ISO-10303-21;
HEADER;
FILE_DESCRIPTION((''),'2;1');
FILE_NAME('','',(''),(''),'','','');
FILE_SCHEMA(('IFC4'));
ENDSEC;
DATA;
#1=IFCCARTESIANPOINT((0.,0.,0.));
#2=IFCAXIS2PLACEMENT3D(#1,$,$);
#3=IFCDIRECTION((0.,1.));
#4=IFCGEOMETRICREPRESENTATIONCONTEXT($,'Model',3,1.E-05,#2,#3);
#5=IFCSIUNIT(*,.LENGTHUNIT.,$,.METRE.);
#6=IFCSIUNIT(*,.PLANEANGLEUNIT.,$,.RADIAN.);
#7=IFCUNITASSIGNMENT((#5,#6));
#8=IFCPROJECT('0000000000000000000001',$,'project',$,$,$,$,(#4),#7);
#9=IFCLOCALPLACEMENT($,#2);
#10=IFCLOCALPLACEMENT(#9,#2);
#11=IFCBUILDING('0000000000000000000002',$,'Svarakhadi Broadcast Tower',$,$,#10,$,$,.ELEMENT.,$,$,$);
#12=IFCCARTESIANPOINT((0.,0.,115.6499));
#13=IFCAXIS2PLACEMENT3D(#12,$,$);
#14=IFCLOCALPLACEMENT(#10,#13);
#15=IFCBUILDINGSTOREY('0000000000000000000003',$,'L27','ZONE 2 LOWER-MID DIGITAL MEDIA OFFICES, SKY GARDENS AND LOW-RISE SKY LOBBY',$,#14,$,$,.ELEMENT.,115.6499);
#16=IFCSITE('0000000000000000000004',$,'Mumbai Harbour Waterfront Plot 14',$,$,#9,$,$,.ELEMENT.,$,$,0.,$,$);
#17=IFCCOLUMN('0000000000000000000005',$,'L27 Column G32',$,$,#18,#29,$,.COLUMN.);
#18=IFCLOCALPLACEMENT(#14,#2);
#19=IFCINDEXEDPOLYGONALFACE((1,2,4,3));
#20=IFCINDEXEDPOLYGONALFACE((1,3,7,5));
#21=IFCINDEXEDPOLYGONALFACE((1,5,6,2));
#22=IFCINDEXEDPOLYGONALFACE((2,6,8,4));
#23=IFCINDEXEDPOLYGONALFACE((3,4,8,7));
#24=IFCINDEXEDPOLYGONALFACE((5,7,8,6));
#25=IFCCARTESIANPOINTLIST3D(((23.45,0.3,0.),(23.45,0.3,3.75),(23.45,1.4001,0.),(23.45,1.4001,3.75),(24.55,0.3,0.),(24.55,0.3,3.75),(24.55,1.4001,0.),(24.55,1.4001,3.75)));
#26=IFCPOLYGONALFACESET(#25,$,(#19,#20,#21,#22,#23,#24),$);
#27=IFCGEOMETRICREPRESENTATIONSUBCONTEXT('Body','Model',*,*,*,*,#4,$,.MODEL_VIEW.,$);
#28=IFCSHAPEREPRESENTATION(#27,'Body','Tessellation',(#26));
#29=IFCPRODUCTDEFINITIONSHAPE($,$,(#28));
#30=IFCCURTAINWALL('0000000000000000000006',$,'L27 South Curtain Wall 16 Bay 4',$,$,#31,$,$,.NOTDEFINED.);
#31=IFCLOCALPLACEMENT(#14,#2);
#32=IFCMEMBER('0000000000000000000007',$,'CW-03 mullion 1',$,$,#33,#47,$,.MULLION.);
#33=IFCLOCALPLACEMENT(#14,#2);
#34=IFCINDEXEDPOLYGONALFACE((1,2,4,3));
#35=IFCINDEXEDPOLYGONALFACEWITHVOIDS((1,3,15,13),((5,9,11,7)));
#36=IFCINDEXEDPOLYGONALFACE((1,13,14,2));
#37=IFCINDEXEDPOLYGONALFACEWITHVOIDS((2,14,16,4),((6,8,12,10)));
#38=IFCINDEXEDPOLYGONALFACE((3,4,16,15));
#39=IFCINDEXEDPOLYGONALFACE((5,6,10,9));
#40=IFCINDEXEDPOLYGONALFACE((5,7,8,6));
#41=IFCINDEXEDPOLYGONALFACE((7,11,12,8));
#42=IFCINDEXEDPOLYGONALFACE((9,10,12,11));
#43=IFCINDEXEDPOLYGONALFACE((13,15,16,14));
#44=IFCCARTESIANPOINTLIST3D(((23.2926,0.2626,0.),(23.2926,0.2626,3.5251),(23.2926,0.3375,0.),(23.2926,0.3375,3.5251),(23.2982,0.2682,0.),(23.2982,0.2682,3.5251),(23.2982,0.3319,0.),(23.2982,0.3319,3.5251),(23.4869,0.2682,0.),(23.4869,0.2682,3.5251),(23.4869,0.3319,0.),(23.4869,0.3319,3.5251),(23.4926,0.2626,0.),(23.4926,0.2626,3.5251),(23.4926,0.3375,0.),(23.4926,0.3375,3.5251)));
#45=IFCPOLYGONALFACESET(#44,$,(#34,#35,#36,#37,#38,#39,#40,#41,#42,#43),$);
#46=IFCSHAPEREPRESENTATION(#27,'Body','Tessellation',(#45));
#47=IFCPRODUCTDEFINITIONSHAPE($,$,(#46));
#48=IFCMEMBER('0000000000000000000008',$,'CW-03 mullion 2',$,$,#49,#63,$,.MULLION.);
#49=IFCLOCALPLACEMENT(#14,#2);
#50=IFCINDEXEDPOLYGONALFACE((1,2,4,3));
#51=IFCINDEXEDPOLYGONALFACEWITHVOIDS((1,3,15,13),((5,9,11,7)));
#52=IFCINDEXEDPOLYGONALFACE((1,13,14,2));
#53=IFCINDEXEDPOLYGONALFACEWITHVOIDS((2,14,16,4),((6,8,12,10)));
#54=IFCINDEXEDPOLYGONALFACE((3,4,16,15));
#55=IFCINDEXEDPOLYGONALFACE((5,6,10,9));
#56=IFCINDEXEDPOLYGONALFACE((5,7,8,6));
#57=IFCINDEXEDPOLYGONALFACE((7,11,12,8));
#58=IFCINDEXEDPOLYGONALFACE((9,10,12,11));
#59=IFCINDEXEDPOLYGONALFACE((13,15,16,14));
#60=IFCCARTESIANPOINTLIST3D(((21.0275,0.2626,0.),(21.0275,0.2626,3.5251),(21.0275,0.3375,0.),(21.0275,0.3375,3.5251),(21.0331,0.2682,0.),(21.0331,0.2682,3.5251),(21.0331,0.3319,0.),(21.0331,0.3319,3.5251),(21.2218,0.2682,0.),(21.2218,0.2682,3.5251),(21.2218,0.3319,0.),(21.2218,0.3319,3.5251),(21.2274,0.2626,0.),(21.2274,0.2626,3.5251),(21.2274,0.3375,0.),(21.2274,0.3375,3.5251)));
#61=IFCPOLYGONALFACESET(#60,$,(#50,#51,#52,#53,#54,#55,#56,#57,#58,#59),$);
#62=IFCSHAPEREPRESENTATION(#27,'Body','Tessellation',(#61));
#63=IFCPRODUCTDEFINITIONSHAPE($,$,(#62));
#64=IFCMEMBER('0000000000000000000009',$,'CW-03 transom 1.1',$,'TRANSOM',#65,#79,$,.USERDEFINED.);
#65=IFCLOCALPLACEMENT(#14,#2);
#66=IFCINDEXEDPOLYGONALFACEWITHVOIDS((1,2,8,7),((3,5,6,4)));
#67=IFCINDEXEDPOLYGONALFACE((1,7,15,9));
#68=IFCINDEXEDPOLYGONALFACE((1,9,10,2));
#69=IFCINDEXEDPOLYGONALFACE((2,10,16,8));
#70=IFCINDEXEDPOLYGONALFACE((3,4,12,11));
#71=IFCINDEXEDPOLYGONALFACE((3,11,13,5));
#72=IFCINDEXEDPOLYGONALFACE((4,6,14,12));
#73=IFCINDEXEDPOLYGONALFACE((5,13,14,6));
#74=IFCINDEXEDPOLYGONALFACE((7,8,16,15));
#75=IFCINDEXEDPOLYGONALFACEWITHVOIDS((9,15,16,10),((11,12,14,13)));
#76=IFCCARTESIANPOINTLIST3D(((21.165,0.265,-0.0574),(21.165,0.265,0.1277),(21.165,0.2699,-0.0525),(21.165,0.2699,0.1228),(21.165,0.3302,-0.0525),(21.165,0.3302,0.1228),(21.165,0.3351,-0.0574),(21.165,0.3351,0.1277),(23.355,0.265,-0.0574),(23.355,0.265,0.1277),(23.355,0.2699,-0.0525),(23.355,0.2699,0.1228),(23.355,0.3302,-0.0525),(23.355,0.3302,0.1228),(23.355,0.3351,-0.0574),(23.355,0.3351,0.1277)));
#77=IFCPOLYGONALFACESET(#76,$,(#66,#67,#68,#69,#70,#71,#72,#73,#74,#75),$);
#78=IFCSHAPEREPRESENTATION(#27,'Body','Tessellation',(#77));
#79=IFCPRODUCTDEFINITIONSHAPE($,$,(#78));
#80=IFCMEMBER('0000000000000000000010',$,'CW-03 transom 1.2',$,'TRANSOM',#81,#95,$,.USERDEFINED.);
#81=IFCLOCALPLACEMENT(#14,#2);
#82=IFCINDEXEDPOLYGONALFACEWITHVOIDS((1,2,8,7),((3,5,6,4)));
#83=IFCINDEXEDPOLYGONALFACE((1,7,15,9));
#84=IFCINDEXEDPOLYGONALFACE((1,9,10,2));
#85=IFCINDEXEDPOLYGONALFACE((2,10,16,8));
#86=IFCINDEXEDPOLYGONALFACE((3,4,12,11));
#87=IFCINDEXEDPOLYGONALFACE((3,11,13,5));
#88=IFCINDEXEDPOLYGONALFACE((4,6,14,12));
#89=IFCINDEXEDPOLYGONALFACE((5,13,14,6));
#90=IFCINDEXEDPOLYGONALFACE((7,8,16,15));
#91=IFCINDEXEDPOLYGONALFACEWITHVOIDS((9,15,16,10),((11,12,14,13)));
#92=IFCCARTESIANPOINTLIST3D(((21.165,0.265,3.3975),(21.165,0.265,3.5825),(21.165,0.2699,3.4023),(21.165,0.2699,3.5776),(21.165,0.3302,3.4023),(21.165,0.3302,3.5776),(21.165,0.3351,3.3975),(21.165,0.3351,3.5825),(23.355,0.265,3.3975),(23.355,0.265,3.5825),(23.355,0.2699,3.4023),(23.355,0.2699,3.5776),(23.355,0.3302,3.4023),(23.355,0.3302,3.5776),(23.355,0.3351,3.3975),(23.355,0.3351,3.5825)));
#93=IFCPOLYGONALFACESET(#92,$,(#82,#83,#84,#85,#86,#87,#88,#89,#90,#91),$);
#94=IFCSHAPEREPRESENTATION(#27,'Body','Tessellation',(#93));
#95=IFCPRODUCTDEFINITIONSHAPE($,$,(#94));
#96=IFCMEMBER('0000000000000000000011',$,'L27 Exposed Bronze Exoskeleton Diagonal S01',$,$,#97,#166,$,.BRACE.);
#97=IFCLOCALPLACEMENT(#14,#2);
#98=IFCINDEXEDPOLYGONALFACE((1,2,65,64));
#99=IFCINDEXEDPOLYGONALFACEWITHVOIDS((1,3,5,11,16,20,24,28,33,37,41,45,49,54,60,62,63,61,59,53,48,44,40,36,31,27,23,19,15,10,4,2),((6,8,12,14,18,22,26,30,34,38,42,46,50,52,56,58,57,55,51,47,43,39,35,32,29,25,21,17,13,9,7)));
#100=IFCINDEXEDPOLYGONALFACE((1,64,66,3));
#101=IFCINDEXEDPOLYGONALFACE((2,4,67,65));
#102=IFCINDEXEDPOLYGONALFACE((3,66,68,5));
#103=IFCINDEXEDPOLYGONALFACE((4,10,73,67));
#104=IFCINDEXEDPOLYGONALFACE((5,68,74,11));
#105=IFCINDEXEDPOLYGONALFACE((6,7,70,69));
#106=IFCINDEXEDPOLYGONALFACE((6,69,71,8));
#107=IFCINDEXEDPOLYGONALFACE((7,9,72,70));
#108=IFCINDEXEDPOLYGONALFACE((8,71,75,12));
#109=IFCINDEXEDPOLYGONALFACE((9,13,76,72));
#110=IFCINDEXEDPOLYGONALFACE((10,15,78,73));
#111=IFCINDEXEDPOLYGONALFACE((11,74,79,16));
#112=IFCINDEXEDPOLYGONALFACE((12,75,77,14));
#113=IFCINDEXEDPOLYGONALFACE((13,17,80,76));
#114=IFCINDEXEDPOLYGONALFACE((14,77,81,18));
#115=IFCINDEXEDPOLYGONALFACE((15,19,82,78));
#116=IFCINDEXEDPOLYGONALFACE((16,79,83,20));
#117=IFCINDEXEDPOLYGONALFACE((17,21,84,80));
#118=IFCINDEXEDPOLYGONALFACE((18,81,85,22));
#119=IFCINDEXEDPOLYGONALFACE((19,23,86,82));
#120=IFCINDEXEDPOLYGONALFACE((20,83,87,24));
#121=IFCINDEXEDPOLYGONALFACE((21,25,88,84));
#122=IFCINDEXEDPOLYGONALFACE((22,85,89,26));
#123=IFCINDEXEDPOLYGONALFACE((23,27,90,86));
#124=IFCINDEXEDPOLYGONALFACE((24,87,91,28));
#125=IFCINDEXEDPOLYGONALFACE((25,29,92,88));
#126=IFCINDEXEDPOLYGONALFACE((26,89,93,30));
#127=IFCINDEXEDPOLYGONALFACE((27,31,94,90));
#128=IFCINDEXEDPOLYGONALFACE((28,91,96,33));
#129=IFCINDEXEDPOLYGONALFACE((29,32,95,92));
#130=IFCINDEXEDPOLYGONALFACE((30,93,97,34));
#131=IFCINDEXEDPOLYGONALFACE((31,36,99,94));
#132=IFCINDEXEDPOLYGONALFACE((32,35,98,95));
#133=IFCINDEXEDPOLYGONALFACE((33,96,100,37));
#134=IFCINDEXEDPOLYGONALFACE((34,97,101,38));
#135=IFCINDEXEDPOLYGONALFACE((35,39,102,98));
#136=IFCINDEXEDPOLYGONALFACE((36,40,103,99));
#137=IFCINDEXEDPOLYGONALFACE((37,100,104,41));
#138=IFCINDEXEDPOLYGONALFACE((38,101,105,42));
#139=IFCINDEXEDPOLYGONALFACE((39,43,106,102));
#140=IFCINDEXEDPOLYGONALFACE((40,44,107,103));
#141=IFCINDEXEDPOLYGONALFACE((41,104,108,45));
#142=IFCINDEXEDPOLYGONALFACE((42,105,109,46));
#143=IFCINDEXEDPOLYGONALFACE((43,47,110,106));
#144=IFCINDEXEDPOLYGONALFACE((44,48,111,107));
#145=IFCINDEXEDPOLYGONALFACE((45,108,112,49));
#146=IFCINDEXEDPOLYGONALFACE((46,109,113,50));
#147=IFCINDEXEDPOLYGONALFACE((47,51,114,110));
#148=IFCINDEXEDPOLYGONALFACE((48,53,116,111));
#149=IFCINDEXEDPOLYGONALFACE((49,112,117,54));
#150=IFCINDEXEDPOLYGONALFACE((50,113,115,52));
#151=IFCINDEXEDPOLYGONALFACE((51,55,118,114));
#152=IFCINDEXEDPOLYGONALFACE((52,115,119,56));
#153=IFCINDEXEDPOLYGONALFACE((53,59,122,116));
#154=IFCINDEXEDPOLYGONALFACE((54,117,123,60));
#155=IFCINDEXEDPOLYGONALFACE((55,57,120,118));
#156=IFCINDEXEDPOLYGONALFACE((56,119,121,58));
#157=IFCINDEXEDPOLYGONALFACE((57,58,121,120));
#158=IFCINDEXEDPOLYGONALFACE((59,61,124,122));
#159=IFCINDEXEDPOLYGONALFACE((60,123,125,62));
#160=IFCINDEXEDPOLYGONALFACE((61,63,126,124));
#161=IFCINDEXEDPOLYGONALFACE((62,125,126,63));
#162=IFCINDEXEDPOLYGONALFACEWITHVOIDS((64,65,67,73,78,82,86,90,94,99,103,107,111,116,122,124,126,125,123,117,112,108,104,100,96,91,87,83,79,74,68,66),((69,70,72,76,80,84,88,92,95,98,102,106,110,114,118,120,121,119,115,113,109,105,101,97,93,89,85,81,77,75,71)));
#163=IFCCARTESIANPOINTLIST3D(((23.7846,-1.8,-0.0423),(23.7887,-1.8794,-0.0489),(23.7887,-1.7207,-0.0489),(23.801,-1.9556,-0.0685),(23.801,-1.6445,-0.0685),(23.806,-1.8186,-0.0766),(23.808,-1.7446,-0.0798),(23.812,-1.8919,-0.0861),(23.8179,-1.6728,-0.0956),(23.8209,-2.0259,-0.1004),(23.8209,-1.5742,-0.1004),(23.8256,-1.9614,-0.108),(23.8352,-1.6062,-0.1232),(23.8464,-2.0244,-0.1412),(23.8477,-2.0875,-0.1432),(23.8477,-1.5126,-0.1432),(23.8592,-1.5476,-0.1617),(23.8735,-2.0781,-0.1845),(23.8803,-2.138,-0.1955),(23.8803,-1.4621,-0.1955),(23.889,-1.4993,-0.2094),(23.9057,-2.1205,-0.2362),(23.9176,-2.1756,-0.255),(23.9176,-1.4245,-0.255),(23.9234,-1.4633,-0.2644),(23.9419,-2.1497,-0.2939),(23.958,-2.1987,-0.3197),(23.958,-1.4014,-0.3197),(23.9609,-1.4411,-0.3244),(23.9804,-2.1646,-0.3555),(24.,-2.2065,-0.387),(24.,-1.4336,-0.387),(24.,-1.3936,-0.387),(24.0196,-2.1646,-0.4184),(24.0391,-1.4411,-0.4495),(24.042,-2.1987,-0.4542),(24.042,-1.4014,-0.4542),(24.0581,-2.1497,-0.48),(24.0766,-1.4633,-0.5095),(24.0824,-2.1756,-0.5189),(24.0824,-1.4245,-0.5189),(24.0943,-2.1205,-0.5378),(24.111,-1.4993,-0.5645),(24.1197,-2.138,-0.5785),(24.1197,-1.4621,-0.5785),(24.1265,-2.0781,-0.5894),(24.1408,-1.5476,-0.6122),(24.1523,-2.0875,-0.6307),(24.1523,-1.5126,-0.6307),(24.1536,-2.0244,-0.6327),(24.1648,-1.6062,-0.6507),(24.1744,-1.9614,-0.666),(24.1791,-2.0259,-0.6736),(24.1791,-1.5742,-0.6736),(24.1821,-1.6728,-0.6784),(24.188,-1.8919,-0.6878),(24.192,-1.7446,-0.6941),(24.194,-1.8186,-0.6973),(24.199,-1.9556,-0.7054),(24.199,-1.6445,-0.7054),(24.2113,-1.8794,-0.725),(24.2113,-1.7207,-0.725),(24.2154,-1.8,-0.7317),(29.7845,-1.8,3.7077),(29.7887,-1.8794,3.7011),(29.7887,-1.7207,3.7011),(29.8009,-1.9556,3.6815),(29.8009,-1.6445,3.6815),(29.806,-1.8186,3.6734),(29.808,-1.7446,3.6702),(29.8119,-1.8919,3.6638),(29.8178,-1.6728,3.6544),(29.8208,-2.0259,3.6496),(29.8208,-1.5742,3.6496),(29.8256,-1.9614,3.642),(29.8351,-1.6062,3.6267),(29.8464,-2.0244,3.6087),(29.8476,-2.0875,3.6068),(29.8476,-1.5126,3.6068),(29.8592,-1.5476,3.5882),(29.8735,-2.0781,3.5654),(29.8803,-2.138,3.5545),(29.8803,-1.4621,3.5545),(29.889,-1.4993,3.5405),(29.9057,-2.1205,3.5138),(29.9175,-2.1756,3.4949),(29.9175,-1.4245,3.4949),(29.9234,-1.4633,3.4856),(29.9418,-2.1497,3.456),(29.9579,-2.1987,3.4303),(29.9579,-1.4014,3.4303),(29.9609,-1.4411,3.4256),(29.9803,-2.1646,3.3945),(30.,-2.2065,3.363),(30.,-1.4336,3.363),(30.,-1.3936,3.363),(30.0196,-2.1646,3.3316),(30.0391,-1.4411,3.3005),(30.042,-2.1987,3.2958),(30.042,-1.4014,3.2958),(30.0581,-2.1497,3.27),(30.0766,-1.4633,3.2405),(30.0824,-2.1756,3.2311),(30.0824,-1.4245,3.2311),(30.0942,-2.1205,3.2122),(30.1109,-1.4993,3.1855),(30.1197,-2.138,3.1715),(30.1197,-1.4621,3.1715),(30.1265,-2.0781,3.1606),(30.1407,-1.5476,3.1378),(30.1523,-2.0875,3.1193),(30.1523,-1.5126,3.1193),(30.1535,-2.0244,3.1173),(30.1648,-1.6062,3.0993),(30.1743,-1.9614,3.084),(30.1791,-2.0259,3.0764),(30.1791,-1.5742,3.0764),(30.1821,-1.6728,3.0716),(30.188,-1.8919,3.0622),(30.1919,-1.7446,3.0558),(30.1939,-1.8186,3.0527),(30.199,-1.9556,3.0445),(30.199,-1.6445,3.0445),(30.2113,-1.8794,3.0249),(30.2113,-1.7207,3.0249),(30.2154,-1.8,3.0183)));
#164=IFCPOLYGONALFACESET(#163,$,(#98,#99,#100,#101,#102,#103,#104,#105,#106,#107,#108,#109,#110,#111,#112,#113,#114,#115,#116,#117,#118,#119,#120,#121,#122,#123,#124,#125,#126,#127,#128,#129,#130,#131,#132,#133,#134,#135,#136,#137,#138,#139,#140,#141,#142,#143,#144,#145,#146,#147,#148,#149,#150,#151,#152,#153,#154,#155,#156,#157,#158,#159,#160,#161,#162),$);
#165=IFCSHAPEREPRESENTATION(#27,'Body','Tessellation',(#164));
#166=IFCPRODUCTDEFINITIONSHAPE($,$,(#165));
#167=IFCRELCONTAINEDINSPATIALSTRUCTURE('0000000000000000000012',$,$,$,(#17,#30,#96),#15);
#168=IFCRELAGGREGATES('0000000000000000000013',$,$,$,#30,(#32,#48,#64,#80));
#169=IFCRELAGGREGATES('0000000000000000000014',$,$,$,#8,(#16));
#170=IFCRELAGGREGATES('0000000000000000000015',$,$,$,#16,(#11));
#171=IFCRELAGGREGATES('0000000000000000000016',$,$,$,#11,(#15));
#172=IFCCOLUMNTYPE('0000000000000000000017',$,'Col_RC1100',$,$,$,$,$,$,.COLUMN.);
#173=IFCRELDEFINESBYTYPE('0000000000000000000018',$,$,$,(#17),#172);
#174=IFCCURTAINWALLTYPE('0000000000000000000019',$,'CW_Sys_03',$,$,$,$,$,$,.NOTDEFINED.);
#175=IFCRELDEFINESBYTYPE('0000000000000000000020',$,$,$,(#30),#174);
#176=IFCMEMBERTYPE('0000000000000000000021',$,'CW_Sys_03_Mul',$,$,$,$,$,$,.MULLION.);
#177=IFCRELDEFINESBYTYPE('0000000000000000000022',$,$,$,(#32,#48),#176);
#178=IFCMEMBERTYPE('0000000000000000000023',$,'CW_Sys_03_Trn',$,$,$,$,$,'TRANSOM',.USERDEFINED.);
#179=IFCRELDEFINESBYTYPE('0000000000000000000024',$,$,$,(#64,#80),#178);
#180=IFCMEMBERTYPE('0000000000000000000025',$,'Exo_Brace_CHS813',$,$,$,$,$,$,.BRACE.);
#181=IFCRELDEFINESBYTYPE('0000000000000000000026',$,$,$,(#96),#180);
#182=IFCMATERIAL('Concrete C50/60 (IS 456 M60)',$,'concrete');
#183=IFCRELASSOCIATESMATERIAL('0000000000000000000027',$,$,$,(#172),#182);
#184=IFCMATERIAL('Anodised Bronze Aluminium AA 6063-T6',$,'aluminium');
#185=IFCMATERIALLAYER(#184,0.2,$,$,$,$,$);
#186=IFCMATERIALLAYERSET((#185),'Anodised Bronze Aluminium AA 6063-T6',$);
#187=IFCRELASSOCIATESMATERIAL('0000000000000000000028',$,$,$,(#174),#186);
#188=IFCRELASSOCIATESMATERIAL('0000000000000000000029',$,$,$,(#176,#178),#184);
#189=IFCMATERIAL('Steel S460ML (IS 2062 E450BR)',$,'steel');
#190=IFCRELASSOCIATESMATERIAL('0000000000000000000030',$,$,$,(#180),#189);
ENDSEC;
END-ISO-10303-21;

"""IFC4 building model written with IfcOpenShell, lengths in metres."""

from ifc_helpers import new_model, si_unit, direction, frame, origin, origin_2d, place, context, subcontext, project, spatial, rectangle, hollow_rectangle, hollow_circle, extrude, material, layer, layer_set, material_profile, profile_set, type_object, element, aggregate, save


model = new_model("IFC4")

# Units and contexts
model_context = context("Model", 3, precision=1e-05, world=origin(), true_north=direction((0.0, 1.0)))
body_context = subcontext(model_context, "Body", "Model", "MODEL_VIEW")
ifc_project = project(units=[si_unit("LENGTHUNIT", "METRE"), si_unit("PLANEANGLEUNIT", "RADIAN")], contexts=[model_context])

# Site, building, storey
site_placement = place(None, origin())
site = spatial("IfcSite", under=ifc_project, at=site_placement, Name="Mumbai Harbour Waterfront Plot 14", CompositionType="ELEMENT", RefElevation=0.0)
building_placement = place(site_placement, origin())
building = spatial("IfcBuilding", under=site, at=building_placement, Name="Svarakhadi Broadcast Tower", CompositionType="ELEMENT")
storey_placement = place(building_placement, frame((0.0, 0.0, 115.6499)))
storey = spatial("IfcBuildingStorey", under=building, at=storey_placement, Name="L27", Description="ZONE 2 LOWER-MID DIGITAL MEDIA OFFICES, SKY GARDENS AND LOW-RISE SKY LOBBY", CompositionType="ELEMENT", Elevation=115.6499)

# Column
ifc_material_1 = material(Name="Concrete C50/60 (IS 456 M60)", Category="concrete")
ifc_material_profile_1 = material_profile(ifc_material_1, rectangle(XDim=1.1001, YDim=1.1001, at=origin_2d()), Name="RC 1100x1100")
ifc_profile_set_1 = profile_set([ifc_material_profile_1], Name="Concrete C50/60 (IS 456 M60)")
column_type = type_object("IfcColumnType", Name="Col_RC1100", PredefinedType="COLUMN", material=ifc_profile_set_1)
column_placement = place(storey_placement, frame((24.0, 0.8501, 0.0), z_axis=(0.0, 0.0, 1.0), x_axis=(1.0, 0.0, 0.0)))
element("IfcColumn", 1, at=column_placement, inside=storey, type_object=column_type, Name="L27 Column G32", PredefinedType="COLUMN", context=body_context, shape_type="SweptSolid", body=[
    extrude(rectangle(XDim=1.1001, YDim=1.1001, at=origin_2d()), origin(), (0.0, 0.0, 1.0), 3.75),
])

# Curtain wall, members
ifc_material_2 = material(Name="Anodised Bronze Aluminium AA 6063-T6", Category="aluminium")
ifc_layer_1 = layer(ifc_material_2, 0.2)
ifc_layer_set_1 = layer_set([ifc_layer_1], Name="Anodised Bronze Aluminium AA 6063-T6")
curtain_wall_type = type_object("IfcCurtainWallType", Name="CW_Sys_03", PredefinedType="NOTDEFINED", material=ifc_layer_set_1)
curtain_wall_placement = place(storey_placement, origin())
curtain_wall = element("IfcCurtainWall", 2, at=curtain_wall_placement, inside=storey, type_object=curtain_wall_type, Name="L27 South Curtain Wall 16 Bay 4", PredefinedType="NOTDEFINED")
ifc_material_profile_2 = material_profile(ifc_material_2, hollow_rectangle(XDim=0.075, YDim=0.2, WallThickness=0.0056, at=origin_2d()), Name="ALU MULLION 200x75x6")
ifc_profile_set_2 = profile_set([ifc_material_profile_2], Name="Anodised Bronze Aluminium AA 6063-T6")
member_type_1 = type_object("IfcMemberType", Name="CW_Sys_03_Mul", PredefinedType="MULLION", material=ifc_profile_set_2)
member_1_placement = place(storey_placement, frame((23.3926, 0.3, 0.0), z_axis=(0.0, 0.0, 1.0), x_axis=(0.0, -1.0, 0.0)))
member_1 = element("IfcMember", 3, at=member_1_placement, type_object=member_type_1, Name="CW-03 mullion 1", PredefinedType="MULLION", context=body_context, shape_type="SweptSolid", body=[
    extrude(hollow_rectangle(XDim=0.075, YDim=0.2, WallThickness=0.0056, at=origin_2d()), origin(), (0.0, 0.0, 1.0), 3.5251),
])
member_2_placement = place(storey_placement, frame((21.1274, 0.3, 0.0), z_axis=(0.0, 0.0, 1.0), x_axis=(0.0, -1.0, 0.0)))
member_2 = element("IfcMember", 4, at=member_2_placement, type_object=member_type_1, Name="CW-03 mullion 2", PredefinedType="MULLION", context=body_context, shape_type="SweptSolid", body=[
    extrude(hollow_rectangle(XDim=0.075, YDim=0.2, WallThickness=0.0056, at=origin_2d()), origin(), (0.0, 0.0, 1.0), 3.5251),
])
ifc_material_profile_3 = material_profile(ifc_material_2, hollow_rectangle(XDim=0.0701, YDim=0.1851, WallThickness=0.0049, at=origin_2d()), Name="ALU TRANSOM 185x70x5")
ifc_profile_set_3 = profile_set([ifc_material_profile_3], Name="Anodised Bronze Aluminium AA 6063-T6")
member_type_2 = type_object("IfcMemberType", Name="CW_Sys_03_Trn", ElementType="TRANSOM", PredefinedType="USERDEFINED", material=ifc_profile_set_3)
member_3_placement = place(storey_placement, frame((23.355, 0.3, 0.0352), z_axis=(-1.0, 0.0, 0.0), x_axis=(0.0, -1.0, 0.0)))
member_3 = element("IfcMember", 5, at=member_3_placement, type_object=member_type_2, Name="CW-03 transom 1.1", ObjectType="TRANSOM", PredefinedType="USERDEFINED", context=body_context, shape_type="SweptSolid", body=[
    extrude(hollow_rectangle(XDim=0.0701, YDim=0.1851, WallThickness=0.0049, at=origin_2d()), origin(), (0.0, 0.0, 1.0), 2.1899),
])
member_4_placement = place(storey_placement, frame((23.355, 0.3, 3.49), z_axis=(-1.0, 0.0, 0.0), x_axis=(0.0, -1.0, 0.0)))
member_4 = element("IfcMember", 6, at=member_4_placement, type_object=member_type_2, Name="CW-03 transom 1.2", ObjectType="TRANSOM", PredefinedType="USERDEFINED", context=body_context, shape_type="SweptSolid", body=[
    extrude(hollow_rectangle(XDim=0.0701, YDim=0.1851, WallThickness=0.0049, at=origin_2d()), origin(), (0.0, 0.0, 1.0), 2.1899),
])

# Member
ifc_material_3 = material(Name="Steel S460ML (IS 2062 E450BR)", Category="steel")
ifc_material_profile_4 = material_profile(ifc_material_3, hollow_circle(Radius=0.4065, WallThickness=0.04, at=origin_2d()), Name="CHS 813x40")
ifc_profile_set_4 = profile_set([ifc_material_profile_4], Name="Steel S460ML (IS 2062 E450BR)")
member_type_3 = type_object("IfcMemberType", Name="Exo_Brace_CHS813", PredefinedType="BRACE", material=ifc_profile_set_4)
member_5_placement = place(storey_placement, frame((24.0, -1.8, -0.387), z_axis=(0.847998, 0.0, 0.529999), x_axis=(0.0, 1.0, 0.0)))
element("IfcMember", 7, at=member_5_placement, inside=storey, type_object=member_type_3, Name="L27 Exposed Bronze Exoskeleton Diagonal S01", PredefinedType="BRACE", context=body_context, shape_type="SweptSolid", body=[
    extrude(hollow_circle(Radius=0.4065, WallThickness=0.04, at=origin_2d()), origin(), (0.0, 0.0, 1.0), 7.0754),
])

aggregate(curtain_wall, [member_1, member_2, member_3, member_4])

save(model, "model.ifc")
